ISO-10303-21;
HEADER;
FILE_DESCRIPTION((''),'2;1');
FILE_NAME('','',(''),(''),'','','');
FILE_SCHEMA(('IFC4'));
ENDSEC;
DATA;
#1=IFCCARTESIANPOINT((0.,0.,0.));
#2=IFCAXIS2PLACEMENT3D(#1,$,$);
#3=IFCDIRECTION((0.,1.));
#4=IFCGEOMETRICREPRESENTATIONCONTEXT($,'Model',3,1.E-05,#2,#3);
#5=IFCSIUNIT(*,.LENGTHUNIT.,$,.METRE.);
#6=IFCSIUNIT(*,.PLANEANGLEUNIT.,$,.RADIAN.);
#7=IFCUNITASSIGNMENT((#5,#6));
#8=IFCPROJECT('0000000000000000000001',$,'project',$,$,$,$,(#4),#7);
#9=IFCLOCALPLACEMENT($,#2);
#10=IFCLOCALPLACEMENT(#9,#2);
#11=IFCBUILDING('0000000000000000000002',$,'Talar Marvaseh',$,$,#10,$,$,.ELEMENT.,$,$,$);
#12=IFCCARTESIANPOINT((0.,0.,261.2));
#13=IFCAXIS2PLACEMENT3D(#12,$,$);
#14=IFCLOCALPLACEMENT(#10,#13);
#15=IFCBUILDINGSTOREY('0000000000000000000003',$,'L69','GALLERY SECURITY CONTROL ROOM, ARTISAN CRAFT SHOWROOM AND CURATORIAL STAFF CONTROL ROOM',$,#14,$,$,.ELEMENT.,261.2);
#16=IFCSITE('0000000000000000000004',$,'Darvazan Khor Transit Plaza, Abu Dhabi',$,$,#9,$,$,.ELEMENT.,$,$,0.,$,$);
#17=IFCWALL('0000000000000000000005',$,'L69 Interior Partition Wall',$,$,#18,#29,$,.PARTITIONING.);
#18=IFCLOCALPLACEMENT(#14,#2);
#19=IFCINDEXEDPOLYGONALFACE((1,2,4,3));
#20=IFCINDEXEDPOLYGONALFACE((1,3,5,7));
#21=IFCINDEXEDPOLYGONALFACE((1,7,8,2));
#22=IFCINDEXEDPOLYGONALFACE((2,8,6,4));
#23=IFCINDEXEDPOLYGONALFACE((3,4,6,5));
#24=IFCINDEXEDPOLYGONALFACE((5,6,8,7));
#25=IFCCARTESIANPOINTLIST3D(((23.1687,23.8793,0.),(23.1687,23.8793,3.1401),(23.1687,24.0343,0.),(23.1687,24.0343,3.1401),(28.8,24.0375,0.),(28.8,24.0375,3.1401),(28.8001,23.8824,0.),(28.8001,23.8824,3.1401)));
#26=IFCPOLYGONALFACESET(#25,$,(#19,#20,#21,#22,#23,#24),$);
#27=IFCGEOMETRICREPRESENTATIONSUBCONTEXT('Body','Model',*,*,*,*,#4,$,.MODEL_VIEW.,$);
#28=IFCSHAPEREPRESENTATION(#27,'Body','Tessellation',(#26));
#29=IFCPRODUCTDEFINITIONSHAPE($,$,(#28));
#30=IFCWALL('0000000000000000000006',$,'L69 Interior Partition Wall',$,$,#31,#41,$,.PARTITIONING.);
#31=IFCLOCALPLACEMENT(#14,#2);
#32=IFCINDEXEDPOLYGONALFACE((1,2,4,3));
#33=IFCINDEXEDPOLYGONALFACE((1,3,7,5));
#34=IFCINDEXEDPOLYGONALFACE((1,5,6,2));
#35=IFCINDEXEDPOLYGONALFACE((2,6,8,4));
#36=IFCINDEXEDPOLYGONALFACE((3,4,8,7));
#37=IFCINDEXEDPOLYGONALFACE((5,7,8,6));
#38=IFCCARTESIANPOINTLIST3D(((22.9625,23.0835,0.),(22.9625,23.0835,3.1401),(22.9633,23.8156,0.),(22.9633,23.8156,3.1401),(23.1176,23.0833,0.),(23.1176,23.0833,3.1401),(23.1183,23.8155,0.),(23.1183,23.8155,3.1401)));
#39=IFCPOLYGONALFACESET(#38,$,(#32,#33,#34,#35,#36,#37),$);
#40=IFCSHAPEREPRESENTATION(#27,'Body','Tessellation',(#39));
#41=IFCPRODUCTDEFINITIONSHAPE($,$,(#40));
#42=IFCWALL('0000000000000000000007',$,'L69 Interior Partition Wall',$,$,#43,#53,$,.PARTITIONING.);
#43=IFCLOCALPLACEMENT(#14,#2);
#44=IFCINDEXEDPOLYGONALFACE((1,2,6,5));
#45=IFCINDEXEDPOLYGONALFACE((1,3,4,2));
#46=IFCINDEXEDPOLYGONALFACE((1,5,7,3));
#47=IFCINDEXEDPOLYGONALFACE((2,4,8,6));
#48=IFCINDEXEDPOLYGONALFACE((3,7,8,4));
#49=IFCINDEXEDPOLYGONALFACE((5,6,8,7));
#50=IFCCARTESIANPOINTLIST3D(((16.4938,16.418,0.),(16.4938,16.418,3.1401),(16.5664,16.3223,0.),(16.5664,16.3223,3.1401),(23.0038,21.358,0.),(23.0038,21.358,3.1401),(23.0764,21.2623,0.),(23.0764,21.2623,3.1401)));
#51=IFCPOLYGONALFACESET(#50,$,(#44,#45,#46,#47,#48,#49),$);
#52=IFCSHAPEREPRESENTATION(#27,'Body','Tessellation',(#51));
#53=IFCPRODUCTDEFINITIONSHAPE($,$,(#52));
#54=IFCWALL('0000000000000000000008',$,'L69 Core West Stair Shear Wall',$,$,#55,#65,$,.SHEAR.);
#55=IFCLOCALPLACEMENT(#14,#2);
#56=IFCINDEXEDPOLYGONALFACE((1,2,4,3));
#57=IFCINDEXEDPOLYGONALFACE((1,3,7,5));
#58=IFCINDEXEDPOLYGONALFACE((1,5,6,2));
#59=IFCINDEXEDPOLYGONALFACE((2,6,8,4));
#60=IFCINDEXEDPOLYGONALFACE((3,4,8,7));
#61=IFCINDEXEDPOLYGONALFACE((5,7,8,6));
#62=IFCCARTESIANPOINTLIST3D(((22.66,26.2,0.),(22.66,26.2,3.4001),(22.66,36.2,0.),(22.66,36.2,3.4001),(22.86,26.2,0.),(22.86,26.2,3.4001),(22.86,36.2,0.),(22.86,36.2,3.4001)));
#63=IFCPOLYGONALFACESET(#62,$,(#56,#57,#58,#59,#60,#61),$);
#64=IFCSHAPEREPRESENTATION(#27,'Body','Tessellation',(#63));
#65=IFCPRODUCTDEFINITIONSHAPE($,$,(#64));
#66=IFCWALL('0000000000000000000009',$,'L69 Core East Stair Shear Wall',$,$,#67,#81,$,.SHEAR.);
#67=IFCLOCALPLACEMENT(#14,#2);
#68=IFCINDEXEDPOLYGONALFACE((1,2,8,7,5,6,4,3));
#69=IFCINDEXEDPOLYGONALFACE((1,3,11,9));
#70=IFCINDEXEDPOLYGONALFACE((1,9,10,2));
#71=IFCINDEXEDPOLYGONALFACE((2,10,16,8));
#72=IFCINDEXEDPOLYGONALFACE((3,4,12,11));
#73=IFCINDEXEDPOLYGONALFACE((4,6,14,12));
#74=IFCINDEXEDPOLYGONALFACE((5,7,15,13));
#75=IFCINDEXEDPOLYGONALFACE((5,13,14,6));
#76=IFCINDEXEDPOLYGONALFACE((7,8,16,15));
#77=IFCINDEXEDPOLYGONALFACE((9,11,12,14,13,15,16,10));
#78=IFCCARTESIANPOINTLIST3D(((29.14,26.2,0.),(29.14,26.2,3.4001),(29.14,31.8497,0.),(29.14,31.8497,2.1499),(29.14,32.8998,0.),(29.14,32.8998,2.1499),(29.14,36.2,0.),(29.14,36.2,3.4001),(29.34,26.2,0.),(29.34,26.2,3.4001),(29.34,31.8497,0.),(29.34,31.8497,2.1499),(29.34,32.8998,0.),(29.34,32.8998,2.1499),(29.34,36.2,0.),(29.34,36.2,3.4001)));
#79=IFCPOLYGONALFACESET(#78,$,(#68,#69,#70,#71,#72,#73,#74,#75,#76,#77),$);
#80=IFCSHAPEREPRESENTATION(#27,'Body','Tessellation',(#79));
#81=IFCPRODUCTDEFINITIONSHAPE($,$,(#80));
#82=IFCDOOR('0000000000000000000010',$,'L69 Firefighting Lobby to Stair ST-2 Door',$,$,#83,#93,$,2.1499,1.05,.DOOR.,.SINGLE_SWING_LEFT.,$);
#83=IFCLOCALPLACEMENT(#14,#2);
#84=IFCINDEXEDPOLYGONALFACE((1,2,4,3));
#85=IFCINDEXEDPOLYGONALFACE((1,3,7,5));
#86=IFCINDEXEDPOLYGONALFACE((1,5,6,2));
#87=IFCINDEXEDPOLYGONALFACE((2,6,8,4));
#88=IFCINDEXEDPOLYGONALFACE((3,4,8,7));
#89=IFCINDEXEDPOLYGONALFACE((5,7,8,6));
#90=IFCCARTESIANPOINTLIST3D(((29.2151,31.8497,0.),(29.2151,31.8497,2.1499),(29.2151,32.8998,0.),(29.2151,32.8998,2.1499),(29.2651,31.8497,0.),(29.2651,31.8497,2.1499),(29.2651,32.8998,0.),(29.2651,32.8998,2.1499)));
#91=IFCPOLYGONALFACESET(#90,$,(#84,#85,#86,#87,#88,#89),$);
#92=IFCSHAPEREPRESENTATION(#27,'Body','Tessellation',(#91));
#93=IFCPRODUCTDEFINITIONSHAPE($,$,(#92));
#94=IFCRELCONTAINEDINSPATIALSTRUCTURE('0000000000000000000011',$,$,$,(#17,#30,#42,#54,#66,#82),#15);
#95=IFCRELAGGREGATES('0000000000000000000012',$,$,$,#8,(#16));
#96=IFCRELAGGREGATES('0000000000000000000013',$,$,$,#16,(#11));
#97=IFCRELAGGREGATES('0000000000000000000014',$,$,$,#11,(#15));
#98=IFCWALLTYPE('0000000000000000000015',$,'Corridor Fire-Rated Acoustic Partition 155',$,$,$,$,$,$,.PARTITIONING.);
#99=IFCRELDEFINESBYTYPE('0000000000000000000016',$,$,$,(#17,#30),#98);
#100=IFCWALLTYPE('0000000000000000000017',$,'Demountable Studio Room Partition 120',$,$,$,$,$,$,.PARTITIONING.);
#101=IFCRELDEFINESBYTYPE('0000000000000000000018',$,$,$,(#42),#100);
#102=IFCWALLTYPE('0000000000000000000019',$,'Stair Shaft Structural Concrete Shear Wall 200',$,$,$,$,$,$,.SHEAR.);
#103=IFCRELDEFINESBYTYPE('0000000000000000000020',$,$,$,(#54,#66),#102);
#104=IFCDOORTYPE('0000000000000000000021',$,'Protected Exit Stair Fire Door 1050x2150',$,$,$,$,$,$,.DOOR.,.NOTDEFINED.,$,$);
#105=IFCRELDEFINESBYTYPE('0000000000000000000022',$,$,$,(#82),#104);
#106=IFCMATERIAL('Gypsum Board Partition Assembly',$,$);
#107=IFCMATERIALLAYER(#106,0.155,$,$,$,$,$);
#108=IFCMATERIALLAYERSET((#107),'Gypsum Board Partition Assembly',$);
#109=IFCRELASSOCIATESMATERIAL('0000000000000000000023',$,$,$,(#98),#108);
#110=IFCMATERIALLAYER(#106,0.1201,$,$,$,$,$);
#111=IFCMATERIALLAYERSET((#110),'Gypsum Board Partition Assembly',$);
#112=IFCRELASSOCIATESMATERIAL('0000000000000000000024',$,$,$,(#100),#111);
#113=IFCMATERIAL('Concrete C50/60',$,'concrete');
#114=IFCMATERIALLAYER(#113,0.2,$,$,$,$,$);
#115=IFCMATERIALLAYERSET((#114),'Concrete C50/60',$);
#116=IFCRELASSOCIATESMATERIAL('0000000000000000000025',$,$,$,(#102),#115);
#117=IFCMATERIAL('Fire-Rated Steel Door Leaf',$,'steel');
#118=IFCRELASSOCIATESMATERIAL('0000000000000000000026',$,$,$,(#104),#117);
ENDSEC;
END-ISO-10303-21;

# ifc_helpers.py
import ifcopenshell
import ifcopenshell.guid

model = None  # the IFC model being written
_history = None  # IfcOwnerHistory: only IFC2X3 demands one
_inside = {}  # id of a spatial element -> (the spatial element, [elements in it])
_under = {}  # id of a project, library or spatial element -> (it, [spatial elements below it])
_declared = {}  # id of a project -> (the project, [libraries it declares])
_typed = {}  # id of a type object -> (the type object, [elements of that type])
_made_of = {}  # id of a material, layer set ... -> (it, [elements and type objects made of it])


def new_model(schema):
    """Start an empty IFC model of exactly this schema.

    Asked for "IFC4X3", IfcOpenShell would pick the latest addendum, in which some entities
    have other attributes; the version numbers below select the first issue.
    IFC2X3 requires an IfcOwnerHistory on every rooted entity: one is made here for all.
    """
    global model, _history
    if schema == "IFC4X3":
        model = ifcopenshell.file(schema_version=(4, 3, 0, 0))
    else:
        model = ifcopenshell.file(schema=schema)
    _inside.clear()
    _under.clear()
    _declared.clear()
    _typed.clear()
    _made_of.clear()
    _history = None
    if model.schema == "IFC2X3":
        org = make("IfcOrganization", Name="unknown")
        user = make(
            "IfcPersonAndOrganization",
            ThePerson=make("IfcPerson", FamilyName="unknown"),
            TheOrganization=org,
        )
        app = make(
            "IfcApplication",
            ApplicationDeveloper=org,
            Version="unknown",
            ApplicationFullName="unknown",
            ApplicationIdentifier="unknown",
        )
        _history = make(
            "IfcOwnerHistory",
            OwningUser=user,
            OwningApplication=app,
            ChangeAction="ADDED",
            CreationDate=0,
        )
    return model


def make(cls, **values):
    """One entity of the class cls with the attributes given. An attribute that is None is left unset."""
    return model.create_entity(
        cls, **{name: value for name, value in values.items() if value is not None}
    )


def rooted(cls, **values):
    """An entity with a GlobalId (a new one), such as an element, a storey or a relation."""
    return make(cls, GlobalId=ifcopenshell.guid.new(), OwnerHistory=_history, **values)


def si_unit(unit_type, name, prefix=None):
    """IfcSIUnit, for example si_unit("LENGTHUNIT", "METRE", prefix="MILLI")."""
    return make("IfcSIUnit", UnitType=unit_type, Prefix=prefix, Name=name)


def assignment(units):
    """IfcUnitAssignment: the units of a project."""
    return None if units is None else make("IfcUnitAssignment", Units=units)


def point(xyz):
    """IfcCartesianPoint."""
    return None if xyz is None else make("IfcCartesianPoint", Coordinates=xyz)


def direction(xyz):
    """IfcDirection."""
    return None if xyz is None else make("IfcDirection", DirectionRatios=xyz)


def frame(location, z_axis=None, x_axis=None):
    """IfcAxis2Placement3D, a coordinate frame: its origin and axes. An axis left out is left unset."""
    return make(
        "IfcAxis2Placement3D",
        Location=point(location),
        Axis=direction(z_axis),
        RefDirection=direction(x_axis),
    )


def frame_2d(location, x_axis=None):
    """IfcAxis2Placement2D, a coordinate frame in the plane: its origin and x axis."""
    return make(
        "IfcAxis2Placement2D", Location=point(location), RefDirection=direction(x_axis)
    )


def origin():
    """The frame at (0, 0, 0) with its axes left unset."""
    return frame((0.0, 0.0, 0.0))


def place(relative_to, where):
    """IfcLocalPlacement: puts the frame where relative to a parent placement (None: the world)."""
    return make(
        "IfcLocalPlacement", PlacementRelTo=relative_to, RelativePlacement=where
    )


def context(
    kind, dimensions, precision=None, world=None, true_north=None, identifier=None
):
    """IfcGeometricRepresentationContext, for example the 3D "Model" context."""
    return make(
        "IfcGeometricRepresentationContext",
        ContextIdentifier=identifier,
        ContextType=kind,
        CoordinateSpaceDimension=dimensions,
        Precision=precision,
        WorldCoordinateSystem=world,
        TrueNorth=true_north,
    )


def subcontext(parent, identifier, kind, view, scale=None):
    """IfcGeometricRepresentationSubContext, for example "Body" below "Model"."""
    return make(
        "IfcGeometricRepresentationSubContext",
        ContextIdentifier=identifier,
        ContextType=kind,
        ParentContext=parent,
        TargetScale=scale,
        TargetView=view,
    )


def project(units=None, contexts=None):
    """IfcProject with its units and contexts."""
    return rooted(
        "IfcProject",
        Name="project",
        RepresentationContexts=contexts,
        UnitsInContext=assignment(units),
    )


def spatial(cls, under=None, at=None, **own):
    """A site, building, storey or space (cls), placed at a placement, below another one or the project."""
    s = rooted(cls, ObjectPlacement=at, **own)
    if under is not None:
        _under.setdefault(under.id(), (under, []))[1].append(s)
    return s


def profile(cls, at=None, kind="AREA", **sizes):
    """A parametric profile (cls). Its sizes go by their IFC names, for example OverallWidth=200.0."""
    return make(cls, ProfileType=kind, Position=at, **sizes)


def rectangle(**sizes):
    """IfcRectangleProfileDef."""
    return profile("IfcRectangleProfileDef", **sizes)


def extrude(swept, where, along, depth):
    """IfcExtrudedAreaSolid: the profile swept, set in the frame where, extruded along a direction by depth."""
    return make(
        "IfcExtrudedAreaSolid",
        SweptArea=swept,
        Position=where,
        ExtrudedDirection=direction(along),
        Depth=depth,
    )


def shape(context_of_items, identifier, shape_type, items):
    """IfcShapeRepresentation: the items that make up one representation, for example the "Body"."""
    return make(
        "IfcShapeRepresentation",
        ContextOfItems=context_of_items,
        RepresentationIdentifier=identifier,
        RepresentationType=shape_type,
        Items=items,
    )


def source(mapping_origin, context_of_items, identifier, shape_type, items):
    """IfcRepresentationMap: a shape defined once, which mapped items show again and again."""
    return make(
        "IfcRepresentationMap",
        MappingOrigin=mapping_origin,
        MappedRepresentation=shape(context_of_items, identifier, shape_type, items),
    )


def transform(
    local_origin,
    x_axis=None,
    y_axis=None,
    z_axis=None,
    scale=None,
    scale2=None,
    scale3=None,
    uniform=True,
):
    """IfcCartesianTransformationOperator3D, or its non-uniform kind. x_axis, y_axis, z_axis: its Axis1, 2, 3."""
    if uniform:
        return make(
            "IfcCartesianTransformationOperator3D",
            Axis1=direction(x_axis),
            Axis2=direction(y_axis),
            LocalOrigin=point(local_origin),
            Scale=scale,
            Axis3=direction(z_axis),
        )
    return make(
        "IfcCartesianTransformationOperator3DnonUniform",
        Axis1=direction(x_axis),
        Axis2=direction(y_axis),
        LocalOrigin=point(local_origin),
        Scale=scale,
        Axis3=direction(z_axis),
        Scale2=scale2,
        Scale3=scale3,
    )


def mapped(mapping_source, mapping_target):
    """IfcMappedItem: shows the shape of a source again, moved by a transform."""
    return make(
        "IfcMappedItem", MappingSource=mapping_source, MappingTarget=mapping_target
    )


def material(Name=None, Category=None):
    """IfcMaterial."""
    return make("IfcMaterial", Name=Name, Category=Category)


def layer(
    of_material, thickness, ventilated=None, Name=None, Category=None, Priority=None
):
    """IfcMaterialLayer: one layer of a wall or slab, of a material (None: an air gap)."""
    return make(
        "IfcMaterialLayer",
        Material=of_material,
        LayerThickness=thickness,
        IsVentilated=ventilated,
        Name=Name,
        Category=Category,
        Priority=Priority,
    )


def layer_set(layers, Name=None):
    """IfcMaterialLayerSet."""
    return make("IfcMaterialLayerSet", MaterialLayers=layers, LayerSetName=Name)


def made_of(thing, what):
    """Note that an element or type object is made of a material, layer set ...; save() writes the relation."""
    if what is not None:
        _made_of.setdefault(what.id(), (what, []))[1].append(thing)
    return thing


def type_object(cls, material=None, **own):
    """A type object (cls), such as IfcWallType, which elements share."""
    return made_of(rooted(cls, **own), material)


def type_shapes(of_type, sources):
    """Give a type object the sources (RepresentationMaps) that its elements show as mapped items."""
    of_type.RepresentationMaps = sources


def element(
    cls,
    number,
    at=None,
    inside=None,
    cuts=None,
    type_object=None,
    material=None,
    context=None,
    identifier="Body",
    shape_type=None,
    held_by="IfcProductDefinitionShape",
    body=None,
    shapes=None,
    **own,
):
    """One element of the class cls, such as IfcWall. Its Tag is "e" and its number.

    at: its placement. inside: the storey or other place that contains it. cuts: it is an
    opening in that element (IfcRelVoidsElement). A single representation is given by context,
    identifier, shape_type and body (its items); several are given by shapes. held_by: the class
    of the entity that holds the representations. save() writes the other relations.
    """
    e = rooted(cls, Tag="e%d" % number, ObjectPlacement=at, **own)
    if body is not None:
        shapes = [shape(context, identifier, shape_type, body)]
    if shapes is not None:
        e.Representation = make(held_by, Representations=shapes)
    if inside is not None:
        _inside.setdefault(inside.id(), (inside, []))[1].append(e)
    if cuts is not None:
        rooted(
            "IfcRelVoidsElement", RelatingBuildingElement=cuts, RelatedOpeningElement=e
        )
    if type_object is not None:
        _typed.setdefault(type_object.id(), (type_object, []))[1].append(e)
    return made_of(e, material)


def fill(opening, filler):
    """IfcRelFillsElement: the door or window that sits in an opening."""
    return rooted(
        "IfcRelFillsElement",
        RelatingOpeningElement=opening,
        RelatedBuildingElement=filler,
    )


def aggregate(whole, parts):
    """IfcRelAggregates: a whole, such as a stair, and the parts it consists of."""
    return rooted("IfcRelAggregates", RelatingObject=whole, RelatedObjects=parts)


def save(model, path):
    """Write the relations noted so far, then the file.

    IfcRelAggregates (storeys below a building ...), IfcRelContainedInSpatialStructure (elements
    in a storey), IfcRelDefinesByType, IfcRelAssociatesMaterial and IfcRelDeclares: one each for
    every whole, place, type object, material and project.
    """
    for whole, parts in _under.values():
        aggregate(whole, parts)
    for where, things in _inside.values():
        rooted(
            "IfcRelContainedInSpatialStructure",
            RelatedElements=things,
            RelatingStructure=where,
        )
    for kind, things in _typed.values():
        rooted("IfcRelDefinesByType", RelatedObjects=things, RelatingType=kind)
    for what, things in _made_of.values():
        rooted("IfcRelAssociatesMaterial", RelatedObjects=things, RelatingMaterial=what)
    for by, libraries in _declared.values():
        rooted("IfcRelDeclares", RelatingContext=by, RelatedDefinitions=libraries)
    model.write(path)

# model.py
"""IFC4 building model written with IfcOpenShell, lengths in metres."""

from ifc_helpers import new_model, si_unit, direction, frame, frame_2d, origin, place, context, subcontext, project, spatial, rectangle, extrude, source, transform, mapped, material, layer, layer_set, type_object, type_shapes, element, fill, save


model = new_model("IFC4")

# Units and contexts
model_context = context("Model", 3, precision=1e-05, world=origin(), true_north=direction((0.0, 1.0)))
body_context = subcontext(model_context, "Body", "Model", "MODEL_VIEW")
ifc_project = project(units=[si_unit("LENGTHUNIT", "METRE"), si_unit("PLANEANGLEUNIT", "RADIAN")], contexts=[model_context])

# Site, building, storey
site_placement = place(None, origin())
site = spatial("IfcSite", under=ifc_project, at=site_placement, Name="Darvazan Khor Transit Plaza, Abu Dhabi", CompositionType="ELEMENT", RefElevation=0.0)
building_placement = place(site_placement, origin())
building = spatial("IfcBuilding", under=site, at=building_placement, Name="Talar Marvaseh", CompositionType="ELEMENT")
storey_placement = place(building_placement, frame((0.0, 0.0, 261.2)))
storey = spatial("IfcBuildingStorey", under=building, at=storey_placement, Name="L69", Description="GALLERY SECURITY CONTROL ROOM, ARTISAN CRAFT SHOWROOM AND CURATORIAL STAFF CONTROL ROOM", CompositionType="ELEMENT", Elevation=261.2)

# Shared definitions
ifc_material_1 = material(Name="Concrete C50/60", Category="concrete")

# Shared definitions
ifc_material_2 = material(Name="Gypsum Board Partition Assembly")
ifc_layer_1 = layer(ifc_material_2, 0.155)
ifc_layer_set_1 = layer_set([ifc_layer_1], Name="Gypsum Board Partition Assembly")
wall_type_1 = type_object("IfcWallType", Name="Corridor Fire-Rated Acoustic Partition 155", PredefinedType="PARTITIONING", material=ifc_layer_set_1)
ifc_material_3 = material(Name="Fire-Rated Steel Door Leaf", Category="steel")

# Walls
wall_1_placement = place(storey_placement, frame((28.8, 23.96, 0.0), z_axis=(0.0, 0.0, 1.0), x_axis=(-1.0, -0.000564, 0.0)))
element("IfcWall", 1, at=wall_1_placement, inside=storey, type_object=wall_type_1, Name="L69 Interior Partition Wall", PredefinedType="PARTITIONING", context=body_context, shape_type="SweptSolid", body=[
    extrude(rectangle(XDim=5.6313, YDim=0.155, at=frame_2d((2.8157, 0.0))), origin(), (0.0, 0.0, 1.0), 3.1401),
])
wall_2_placement = place(storey_placement, frame((23.0408, 23.8157, 0.0), z_axis=(0.0, 0.0, 1.0), x_axis=(-0.001, -0.999999, 0.0)))
element("IfcWall", 2, at=wall_2_placement, inside=storey, type_object=wall_type_1, Name="L69 Interior Partition Wall", PredefinedType="PARTITIONING", context=body_context, shape_type="SweptSolid", body=[
    extrude(rectangle(XDim=0.7322, YDim=0.155, at=frame_2d((0.3662, 0.0))), origin(), (0.0, 0.0, 1.0), 3.1401),
])
ifc_layer_2 = layer(ifc_material_2, 0.1201)
ifc_layer_set_2 = layer_set([ifc_layer_2], Name="Gypsum Board Partition Assembly")
wall_type_2 = type_object("IfcWallType", Name="Demountable Studio Room Partition 120", PredefinedType="PARTITIONING", material=ifc_layer_set_2)
wall_3_placement = place(storey_placement, frame((23.04, 21.3101, 0.0), z_axis=(0.0, 0.0, 1.0), x_axis=(-0.796614, -0.604488, 0.0)))
element("IfcWall", 3, at=wall_3_placement, inside=storey, type_object=wall_type_2, Name="L69 Interior Partition Wall", PredefinedType="PARTITIONING", context=body_context, shape_type="SweptSolid", body=[
    extrude(rectangle(XDim=8.1721, YDim=0.1201, at=frame_2d((4.0859, 0.0))), origin(), (0.0, 0.0, 1.0), 3.1401),
])
ifc_layer_3 = layer(ifc_material_1, 0.2)
ifc_layer_set_3 = layer_set([ifc_layer_3], Name="Concrete C50/60")
wall_type_3 = type_object("IfcWallType", Name="Stair Shaft Structural Concrete Shear Wall 200", PredefinedType="SHEAR", material=ifc_layer_set_3)
wall_4_placement = place(storey_placement, frame((22.76, 26.2, 0.0), z_axis=(0.0, 0.0, 1.0), x_axis=(0.0, 1.0, 0.0)))
element("IfcWall", 4, at=wall_4_placement, inside=storey, type_object=wall_type_3, Name="L69 Core West Stair Shear Wall", PredefinedType="SHEAR", context=body_context, shape_type="SweptSolid", body=[
    extrude(rectangle(XDim=10.0, YDim=0.2, at=frame_2d((5.0, 0.0))), origin(), (0.0, 0.0, 1.0), 3.4001),
])

# Wall, opening, door
wall_5_placement = place(storey_placement, frame((29.24, 26.2, 0.0), z_axis=(0.0, 0.0, 1.0), x_axis=(0.0, 1.0, 0.0)))
wall_5 = element("IfcWall", 5, at=wall_5_placement, inside=storey, type_object=wall_type_3, Name="L69 Core East Stair Shear Wall", PredefinedType="SHEAR", context=body_context, shape_type="SweptSolid", body=[
    extrude(rectangle(XDim=10.0, YDim=0.2, at=frame_2d((5.0, 0.0))), origin(), (0.0, 0.0, 1.0), 3.4001),
])
opening_1_placement = place(wall_5_placement, frame((5.6499, 0.0, 0.0)))
opening_1 = element("IfcOpeningElement", 6, at=opening_1_placement, cuts=wall_5, PredefinedType="OPENING", context=body_context, shape_type="SweptSolid", body=[
    extrude(rectangle(XDim=1.05, YDim=2.1499, at=frame_2d((0.5249, 1.075))), frame((0.0, 0.1099, 0.0), z_axis=(0.0, -1.0, 0.0), x_axis=(1.0, 0.0, 0.0)), (0.0, 0.0, 1.0), 0.22),
])
door_type_1 = type_object("IfcDoorType", Name="Protected Exit Stair Fire Door 1050x2150", OperationType="NOTDEFINED", PredefinedType="DOOR", material=ifc_material_3)
shared_shape_1 = source(origin(), body_context, "Body", "SweptSolid", [
    extrude(rectangle(XDim=1.05, YDim=2.1499, at=frame_2d((0.5249, 1.075))), frame((0.0, 0.0249, 0.0), z_axis=(0.0, -1.0, 0.0), x_axis=(1.0, 0.0, 0.0)), (0.0, 0.0, 1.0), 0.05),
])
type_shapes(door_type_1, [shared_shape_1])
door_1_placement = place(opening_1_placement, origin())
door_1 = element("IfcDoor", 7, at=door_1_placement, inside=storey, type_object=door_type_1, Name="L69 Firefighting Lobby to Stair ST-2 Door", OperationType="SINGLE_SWING_LEFT", OverallHeight=2.1499, OverallWidth=1.05, PredefinedType="DOOR", context=body_context, shape_type="MappedRepresentation", body=[
    mapped(shared_shape_1, transform((0.0, 0.0, 0.0), x_axis=(1.0, 0.0, 0.0), y_axis=(0.0, 1.0, 0.0), z_axis=(0.0, 0.0, 1.0), scale=1.0)),
])
fill(opening_1, door_1)

save(model, "model.ifc")
